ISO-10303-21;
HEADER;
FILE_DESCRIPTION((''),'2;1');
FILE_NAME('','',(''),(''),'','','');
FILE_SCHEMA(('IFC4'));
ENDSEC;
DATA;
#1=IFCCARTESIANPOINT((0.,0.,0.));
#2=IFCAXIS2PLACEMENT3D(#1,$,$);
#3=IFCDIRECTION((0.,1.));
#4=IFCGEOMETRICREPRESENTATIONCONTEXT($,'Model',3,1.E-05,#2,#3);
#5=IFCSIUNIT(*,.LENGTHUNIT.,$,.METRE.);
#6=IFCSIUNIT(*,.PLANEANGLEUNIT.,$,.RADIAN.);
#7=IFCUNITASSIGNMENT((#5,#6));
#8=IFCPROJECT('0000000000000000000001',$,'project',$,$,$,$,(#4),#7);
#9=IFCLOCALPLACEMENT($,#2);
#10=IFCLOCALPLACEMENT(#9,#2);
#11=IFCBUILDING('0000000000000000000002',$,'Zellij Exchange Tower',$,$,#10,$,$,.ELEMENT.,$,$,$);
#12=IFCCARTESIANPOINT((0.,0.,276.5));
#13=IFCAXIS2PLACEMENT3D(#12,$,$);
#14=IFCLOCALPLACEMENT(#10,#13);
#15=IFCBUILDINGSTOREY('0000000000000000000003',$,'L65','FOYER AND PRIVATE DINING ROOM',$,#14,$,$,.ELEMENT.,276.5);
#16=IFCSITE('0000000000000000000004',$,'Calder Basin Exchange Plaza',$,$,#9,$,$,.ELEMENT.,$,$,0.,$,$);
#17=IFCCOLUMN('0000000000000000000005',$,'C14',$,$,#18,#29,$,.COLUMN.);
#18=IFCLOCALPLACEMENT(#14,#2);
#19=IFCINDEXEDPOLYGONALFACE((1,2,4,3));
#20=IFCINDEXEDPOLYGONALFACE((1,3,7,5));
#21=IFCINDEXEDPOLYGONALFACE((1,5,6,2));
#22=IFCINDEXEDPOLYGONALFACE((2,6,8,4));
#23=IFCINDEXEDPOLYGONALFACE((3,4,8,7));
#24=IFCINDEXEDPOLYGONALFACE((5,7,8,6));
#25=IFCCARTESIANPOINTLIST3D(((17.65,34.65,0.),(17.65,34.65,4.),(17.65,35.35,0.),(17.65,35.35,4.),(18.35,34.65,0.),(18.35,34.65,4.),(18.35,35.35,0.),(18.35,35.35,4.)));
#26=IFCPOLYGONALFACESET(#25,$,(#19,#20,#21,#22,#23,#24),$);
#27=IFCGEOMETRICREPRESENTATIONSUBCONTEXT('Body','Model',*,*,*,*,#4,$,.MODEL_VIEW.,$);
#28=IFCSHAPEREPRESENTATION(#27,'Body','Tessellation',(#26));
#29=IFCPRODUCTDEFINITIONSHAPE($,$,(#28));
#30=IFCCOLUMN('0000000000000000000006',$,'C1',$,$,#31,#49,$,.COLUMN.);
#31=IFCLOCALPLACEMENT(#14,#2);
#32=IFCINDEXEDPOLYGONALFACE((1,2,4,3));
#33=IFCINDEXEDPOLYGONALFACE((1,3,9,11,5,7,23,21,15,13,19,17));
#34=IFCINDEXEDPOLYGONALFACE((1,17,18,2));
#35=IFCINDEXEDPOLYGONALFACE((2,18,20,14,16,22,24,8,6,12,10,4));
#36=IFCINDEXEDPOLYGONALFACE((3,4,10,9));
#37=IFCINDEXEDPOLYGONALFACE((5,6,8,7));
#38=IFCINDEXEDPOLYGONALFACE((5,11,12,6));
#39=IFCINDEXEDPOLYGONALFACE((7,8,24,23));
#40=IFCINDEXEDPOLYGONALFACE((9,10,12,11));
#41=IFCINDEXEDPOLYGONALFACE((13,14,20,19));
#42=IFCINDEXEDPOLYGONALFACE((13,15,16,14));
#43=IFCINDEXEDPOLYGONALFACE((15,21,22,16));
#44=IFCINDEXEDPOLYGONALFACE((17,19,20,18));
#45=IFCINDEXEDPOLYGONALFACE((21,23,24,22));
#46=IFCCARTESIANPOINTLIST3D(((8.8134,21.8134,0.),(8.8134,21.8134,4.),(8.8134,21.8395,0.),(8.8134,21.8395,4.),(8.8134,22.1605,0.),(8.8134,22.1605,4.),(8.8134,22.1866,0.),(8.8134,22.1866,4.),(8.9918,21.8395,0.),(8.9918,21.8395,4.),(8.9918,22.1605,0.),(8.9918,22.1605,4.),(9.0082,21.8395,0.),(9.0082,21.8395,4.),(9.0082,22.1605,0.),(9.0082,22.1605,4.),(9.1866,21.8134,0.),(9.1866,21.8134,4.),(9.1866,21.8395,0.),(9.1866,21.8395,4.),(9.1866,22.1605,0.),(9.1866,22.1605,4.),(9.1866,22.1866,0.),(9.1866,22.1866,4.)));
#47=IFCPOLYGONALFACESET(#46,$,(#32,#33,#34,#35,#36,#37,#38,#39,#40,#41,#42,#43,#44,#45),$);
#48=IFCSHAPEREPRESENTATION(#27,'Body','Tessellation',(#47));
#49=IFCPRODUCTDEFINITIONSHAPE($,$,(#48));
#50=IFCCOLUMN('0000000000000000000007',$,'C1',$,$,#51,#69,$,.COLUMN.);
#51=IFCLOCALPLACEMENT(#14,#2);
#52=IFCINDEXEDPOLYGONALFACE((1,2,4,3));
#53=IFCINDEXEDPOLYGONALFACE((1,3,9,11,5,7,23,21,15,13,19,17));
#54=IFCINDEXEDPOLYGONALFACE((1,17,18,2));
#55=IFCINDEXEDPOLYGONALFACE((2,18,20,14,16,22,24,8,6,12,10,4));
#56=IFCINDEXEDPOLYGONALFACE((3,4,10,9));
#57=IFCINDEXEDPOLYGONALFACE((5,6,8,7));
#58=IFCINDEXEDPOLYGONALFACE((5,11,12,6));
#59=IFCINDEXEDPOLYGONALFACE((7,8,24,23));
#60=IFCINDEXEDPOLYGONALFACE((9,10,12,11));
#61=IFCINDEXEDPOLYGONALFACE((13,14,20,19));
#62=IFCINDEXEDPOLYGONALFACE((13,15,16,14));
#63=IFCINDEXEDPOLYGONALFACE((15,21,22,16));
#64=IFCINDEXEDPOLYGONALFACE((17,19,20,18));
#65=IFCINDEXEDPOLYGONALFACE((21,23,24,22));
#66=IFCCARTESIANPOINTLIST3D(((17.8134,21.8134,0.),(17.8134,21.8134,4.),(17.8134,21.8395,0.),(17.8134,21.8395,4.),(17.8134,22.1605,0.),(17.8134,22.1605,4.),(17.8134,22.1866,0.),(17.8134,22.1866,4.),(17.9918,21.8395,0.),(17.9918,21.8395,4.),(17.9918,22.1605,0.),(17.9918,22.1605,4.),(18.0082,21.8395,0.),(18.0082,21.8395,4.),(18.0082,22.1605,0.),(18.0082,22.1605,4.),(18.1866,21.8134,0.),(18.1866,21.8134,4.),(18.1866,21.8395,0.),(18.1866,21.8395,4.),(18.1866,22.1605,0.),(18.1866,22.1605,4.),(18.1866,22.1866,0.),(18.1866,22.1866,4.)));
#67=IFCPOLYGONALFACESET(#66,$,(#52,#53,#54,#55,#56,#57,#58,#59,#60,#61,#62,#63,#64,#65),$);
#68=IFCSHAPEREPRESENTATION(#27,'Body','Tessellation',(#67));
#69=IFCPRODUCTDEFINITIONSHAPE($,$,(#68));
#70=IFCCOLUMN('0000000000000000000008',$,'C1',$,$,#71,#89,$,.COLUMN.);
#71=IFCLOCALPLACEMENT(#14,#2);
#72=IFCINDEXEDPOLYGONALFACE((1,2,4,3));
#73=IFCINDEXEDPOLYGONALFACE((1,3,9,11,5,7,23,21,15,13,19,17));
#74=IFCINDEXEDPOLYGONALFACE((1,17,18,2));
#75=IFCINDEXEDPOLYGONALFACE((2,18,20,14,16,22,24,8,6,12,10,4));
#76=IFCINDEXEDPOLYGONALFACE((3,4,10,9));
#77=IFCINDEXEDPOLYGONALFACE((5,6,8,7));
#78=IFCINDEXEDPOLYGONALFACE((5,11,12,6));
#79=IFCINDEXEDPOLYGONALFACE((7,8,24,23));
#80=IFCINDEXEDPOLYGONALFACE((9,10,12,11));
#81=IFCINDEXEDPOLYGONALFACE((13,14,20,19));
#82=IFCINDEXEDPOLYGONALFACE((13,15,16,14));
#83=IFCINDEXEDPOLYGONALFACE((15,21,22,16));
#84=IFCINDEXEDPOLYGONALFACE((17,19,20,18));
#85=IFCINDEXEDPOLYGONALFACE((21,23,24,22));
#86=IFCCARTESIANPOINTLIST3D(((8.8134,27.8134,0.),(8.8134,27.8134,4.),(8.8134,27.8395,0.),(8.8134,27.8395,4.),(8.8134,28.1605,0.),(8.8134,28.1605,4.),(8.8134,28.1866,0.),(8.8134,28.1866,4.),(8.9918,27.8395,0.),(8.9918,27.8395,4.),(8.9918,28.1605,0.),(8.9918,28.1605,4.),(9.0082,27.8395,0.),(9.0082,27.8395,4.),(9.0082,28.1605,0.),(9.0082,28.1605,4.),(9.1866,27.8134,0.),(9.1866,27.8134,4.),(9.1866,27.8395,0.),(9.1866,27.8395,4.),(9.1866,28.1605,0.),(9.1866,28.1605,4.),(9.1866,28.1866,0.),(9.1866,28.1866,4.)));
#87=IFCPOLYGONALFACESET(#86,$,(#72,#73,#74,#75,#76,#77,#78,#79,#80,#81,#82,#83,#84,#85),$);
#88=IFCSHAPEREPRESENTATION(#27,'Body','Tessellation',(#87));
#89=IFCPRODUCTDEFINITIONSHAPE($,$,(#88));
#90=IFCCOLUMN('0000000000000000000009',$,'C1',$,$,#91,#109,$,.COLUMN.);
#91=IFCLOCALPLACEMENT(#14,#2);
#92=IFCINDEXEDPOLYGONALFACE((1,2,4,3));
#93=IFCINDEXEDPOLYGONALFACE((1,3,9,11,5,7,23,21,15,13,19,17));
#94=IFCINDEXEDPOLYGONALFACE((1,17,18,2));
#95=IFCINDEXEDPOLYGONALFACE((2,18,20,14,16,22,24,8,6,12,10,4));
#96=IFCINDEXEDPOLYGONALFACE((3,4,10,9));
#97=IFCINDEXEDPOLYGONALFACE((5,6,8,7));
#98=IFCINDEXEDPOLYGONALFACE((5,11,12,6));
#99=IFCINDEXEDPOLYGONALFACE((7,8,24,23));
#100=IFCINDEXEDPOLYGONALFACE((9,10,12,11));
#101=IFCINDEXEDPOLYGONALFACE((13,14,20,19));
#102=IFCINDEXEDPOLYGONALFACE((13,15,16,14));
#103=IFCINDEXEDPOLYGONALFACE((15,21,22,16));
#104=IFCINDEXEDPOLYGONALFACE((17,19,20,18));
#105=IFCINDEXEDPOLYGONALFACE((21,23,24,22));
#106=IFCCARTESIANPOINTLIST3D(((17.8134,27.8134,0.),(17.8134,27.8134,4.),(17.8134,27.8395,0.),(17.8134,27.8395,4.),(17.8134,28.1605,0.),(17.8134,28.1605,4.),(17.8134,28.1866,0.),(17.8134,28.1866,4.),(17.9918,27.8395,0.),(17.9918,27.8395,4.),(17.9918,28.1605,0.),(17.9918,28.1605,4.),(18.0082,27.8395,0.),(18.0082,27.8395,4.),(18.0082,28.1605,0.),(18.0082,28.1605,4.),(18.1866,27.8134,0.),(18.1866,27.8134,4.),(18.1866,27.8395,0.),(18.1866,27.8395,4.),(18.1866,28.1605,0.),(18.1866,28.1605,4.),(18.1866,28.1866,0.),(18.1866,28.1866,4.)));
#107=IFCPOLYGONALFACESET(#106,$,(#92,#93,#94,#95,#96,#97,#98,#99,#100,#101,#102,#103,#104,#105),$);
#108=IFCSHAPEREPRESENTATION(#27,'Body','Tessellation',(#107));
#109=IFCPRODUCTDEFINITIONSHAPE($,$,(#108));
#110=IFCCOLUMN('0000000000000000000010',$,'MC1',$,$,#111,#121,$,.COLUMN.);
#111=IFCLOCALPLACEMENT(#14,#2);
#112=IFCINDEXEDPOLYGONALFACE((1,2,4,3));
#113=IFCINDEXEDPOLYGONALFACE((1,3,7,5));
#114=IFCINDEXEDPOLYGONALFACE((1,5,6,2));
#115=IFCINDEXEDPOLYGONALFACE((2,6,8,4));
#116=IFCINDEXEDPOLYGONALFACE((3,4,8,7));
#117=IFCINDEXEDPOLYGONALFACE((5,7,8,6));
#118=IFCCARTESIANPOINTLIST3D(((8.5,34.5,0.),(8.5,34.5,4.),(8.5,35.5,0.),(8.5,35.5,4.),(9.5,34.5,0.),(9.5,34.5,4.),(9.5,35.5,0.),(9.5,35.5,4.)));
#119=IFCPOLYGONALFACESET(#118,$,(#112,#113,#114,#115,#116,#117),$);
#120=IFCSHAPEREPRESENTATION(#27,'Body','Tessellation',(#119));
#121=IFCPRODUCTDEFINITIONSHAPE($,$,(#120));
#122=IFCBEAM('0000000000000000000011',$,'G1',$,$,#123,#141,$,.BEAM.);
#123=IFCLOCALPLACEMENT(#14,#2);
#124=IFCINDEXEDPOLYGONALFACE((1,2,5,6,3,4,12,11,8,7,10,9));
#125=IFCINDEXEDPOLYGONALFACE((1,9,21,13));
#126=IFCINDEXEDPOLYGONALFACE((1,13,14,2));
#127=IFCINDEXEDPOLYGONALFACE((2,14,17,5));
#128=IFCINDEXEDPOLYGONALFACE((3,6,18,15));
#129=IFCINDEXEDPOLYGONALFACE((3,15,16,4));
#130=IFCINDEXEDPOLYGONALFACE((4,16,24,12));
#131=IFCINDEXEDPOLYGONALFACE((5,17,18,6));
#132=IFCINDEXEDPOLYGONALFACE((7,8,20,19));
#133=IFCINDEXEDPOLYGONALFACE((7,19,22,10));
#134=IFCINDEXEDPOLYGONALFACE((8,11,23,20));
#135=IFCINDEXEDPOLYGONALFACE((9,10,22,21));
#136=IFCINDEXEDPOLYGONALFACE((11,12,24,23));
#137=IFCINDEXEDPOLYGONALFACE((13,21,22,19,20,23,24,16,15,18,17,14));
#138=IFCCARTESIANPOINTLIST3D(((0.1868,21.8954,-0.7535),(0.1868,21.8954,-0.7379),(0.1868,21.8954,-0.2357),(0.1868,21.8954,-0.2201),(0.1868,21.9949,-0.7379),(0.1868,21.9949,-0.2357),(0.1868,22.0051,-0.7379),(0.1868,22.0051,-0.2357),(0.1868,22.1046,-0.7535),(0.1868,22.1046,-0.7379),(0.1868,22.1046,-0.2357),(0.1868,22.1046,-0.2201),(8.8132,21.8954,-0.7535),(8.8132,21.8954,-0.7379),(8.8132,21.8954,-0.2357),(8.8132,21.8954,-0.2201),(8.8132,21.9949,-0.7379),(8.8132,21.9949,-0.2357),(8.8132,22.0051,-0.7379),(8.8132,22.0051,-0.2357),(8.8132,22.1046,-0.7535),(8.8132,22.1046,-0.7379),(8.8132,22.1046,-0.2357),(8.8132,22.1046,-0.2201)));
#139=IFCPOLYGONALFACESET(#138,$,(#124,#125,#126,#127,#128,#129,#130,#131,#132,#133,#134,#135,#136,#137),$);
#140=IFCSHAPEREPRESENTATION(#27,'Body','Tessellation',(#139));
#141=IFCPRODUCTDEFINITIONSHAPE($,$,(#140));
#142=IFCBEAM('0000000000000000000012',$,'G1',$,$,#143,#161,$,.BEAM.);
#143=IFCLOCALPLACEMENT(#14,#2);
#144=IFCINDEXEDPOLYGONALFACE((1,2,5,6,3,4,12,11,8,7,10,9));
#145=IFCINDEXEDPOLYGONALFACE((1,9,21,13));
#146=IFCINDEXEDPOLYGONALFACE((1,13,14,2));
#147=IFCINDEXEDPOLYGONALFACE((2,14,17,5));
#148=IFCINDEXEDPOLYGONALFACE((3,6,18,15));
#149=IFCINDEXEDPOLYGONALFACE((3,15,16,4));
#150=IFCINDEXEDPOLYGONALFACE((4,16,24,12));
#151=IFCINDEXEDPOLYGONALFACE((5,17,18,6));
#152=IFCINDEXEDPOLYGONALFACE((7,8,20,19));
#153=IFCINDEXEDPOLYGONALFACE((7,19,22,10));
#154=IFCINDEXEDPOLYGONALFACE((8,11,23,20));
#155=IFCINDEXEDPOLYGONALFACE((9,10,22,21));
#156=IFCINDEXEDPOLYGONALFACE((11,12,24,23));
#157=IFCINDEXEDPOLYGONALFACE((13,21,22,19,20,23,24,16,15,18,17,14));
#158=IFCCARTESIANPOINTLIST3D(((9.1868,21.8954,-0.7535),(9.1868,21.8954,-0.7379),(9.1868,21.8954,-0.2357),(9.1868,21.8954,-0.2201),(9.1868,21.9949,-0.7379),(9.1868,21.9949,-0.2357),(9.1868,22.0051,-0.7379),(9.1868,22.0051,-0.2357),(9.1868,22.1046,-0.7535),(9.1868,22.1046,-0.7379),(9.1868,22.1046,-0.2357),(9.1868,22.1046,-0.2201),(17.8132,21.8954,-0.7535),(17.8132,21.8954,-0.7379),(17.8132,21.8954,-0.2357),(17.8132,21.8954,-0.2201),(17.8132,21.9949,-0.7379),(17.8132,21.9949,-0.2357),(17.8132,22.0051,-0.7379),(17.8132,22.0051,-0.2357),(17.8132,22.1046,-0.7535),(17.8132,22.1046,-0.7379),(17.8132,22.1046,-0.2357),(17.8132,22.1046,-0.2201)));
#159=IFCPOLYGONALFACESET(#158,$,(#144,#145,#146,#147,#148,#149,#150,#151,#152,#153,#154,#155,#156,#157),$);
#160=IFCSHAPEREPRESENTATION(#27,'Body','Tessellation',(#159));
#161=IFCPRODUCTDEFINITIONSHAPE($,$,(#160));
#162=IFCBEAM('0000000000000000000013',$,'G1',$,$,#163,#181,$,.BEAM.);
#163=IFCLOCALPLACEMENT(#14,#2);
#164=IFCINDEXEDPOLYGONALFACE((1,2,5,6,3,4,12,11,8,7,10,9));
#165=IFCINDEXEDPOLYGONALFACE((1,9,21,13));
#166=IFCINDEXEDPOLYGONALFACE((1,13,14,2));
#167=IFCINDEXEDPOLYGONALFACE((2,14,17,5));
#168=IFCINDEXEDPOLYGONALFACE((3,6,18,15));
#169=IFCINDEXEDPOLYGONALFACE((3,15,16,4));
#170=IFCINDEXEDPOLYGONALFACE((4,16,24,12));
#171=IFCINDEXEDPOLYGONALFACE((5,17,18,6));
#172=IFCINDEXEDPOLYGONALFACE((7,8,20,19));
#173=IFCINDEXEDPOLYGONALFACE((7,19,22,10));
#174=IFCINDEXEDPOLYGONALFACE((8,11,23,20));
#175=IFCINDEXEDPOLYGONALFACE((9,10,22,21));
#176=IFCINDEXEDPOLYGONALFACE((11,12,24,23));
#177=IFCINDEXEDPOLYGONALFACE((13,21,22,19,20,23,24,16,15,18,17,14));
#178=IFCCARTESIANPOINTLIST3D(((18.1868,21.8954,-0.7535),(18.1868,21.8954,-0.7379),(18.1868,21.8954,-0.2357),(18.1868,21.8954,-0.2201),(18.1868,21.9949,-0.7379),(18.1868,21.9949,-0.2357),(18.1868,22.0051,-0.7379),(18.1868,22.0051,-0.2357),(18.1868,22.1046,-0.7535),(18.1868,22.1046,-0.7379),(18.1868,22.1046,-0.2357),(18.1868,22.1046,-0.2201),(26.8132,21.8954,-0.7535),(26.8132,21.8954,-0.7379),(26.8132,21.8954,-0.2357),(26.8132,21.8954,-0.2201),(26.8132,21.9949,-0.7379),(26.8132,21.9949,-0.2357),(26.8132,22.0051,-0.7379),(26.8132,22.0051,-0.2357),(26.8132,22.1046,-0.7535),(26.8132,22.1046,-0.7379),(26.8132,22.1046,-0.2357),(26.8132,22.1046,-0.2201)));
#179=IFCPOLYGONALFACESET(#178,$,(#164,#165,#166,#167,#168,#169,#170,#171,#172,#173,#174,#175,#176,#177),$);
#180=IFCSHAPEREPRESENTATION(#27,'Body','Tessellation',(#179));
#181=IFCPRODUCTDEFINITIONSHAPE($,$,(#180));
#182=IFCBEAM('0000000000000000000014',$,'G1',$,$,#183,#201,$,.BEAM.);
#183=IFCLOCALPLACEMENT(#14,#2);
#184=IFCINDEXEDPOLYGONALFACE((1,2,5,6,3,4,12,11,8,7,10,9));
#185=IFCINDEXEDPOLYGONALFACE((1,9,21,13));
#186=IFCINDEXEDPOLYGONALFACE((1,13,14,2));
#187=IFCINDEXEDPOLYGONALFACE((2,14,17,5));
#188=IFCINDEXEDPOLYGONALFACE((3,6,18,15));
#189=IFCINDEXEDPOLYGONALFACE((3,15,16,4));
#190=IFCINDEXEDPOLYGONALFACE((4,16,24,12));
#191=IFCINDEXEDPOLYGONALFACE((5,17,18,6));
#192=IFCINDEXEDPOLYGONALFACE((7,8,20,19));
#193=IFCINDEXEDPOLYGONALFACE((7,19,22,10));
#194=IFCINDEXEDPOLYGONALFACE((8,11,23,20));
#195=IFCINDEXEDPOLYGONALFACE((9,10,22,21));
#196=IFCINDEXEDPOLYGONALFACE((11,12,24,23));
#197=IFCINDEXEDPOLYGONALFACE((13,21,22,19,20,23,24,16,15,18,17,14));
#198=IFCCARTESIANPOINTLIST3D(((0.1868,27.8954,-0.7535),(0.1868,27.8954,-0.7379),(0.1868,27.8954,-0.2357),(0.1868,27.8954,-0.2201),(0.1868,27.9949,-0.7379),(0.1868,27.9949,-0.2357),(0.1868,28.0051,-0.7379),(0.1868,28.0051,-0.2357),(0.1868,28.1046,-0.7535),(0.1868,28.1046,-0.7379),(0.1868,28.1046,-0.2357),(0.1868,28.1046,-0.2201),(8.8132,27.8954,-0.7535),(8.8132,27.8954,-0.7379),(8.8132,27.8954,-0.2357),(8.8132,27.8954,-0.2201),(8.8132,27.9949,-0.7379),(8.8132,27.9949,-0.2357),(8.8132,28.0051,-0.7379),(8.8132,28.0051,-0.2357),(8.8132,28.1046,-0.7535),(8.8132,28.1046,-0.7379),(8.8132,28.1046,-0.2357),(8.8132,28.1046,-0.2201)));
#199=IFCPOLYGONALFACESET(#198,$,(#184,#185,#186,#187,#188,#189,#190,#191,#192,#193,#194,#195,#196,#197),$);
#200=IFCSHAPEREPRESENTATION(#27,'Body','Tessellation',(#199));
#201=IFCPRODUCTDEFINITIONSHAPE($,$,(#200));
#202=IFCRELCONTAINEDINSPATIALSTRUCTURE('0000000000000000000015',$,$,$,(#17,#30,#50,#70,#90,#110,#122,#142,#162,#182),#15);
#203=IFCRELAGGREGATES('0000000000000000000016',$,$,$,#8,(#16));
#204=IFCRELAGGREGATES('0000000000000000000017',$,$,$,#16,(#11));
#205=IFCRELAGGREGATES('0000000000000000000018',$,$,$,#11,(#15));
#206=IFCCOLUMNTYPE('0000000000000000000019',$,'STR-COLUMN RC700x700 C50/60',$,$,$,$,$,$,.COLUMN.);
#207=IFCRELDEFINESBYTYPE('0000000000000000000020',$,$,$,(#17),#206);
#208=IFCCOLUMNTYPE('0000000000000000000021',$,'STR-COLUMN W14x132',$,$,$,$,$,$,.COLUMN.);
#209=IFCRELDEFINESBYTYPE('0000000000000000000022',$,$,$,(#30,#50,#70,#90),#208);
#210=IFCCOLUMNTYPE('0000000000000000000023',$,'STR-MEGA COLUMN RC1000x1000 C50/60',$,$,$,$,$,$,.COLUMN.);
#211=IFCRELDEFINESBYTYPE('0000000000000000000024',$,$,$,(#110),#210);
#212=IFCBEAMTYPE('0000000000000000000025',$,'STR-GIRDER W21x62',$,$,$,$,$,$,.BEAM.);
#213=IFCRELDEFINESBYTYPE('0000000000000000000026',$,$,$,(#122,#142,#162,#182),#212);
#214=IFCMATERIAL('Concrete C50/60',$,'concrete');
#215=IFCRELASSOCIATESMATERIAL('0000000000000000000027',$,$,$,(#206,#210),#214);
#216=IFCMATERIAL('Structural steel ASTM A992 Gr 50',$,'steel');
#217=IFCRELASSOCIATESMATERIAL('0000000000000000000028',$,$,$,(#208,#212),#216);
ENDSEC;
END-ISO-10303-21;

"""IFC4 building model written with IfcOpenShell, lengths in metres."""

from ifc_helpers import new_model, si_unit, direction, frame, origin, origin_2d, place, context, subcontext, project, spatial, rectangle, i_section, extrude, material, material_profile, profile_set, type_object, element, save


model = new_model("IFC4")

# Units and contexts
model_context = context("Model", 3, precision=1e-05, world=origin(), true_north=direction((0.0, 1.0)))
body_context = subcontext(model_context, "Body", "Model", "MODEL_VIEW")
ifc_project = project(units=[si_unit("LENGTHUNIT", "METRE"), si_unit("PLANEANGLEUNIT", "RADIAN")], contexts=[model_context])

# Site, building, storey
site_placement = place(None, origin())
site = spatial("IfcSite", under=ifc_project, at=site_placement, Name="Calder Basin Exchange Plaza", CompositionType="ELEMENT", RefElevation=0.0)
building_placement = place(site_placement, origin())
building = spatial("IfcBuilding", under=site, at=building_placement, Name="Zellij Exchange Tower", CompositionType="ELEMENT")
storey_placement = place(building_placement, frame((0.0, 0.0, 276.5)))
storey = spatial("IfcBuildingStorey", under=building, at=storey_placement, Name="L65", Description="FOYER AND PRIVATE DINING ROOM", CompositionType="ELEMENT", Elevation=276.5)

# Columns
ifc_material_1 = material(Name="Concrete C50/60", Category="concrete")
ifc_material_profile_1 = material_profile(ifc_material_1, rectangle(XDim=0.7, YDim=0.7, at=origin_2d()), Name="STR-COLUMN RC700x700 C50/60")
ifc_profile_set_1 = profile_set([ifc_material_profile_1], Name="Concrete C50/60")
column_type_1 = type_object("IfcColumnType", Name="STR-COLUMN RC700x700 C50/60", PredefinedType="COLUMN", material=ifc_profile_set_1)
column_1_placement = place(storey_placement, frame((18.0, 35.0, 0.0), z_axis=(0.0, 0.0, 1.0), x_axis=(1.0, 0.0, 0.0)))
element("IfcColumn", 1, at=column_1_placement, inside=storey, type_object=column_type_1, Name="C14", PredefinedType="COLUMN", context=body_context, shape_type="SweptSolid", body=[
    extrude(rectangle(XDim=0.7, YDim=0.7, at=origin_2d()), origin(), (0.0, 0.0, 1.0), 4.0),
])
ifc_material_2 = material(Name="Structural steel ASTM A992 Gr 50", Category="steel")
ifc_material_profile_2 = material_profile(ifc_material_2, i_section(OverallWidth=0.3733, OverallDepth=0.3733, WebThickness=0.0164, FlangeThickness=0.0261, at=origin_2d()), Name="W14x132")
ifc_profile_set_2 = profile_set([ifc_material_profile_2], Name="Structural steel ASTM A992 Gr 50")
column_type_2 = type_object("IfcColumnType", Name="STR-COLUMN W14x132", PredefinedType="COLUMN", material=ifc_profile_set_2)
for number, where, z_axis, x_axis, name in (
    (2, (9.0, 22.0, 0.0), (0.0, 0.0, 1.0), (1.0, 0.0, 0.0), "C1"),
    (3, (18.0, 22.0, 0.0), (0.0, 0.0, 1.0), (1.0, 0.0, 0.0), "C1"),
    (4, (9.0, 28.0, 0.0), (0.0, 0.0, 1.0), (1.0, 0.0, 0.0), "C1"),
    (5, (18.0, 28.0, 0.0), (0.0, 0.0, 1.0), (1.0, 0.0, 0.0), "C1"),
):
    element("IfcColumn", number, at=place(storey_placement, frame(where, z_axis=z_axis, x_axis=x_axis)), inside=storey, type_object=column_type_2, Name=name, PredefinedType="COLUMN", context=body_context, shape_type="SweptSolid", body=[
        extrude(i_section(OverallWidth=0.3733, OverallDepth=0.3733, WebThickness=0.0164, FlangeThickness=0.0261, at=origin_2d()), origin(), (0.0, 0.0, 1.0), 4.0),
    ])
ifc_material_profile_3 = material_profile(ifc_material_1, rectangle(XDim=1.0, YDim=1.0, at=origin_2d()), Name="STR-MEGA COLUMN RC1000x1000 C50/60")
ifc_profile_set_3 = profile_set([ifc_material_profile_3], Name="Concrete C50/60")
column_type_3 = type_object("IfcColumnType", Name="STR-MEGA COLUMN RC1000x1000 C50/60", PredefinedType="COLUMN", material=ifc_profile_set_3)
column_2_placement = place(storey_placement, frame((9.0, 35.0, 0.0), z_axis=(0.0, 0.0, 1.0), x_axis=(1.0, 0.0, 0.0)))
element("IfcColumn", 6, at=column_2_placement, inside=storey, type_object=column_type_3, Name="MC1", PredefinedType="COLUMN", context=body_context, shape_type="SweptSolid", body=[
    extrude(rectangle(XDim=1.0, YDim=1.0, at=origin_2d()), origin(), (0.0, 0.0, 1.0), 4.0),
])

# Beams
ifc_material_profile_4 = material_profile(ifc_material_2, i_section(OverallWidth=0.2092, OverallDepth=0.5334, WebThickness=0.0103, FlangeThickness=0.0156, at=origin_2d()), Name="W21x62")
ifc_profile_set_4 = profile_set([ifc_material_profile_4], Name="Structural steel ASTM A992 Gr 50")
beam_type = type_object("IfcBeamType", Name="STR-GIRDER W21x62", PredefinedType="BEAM", material=ifc_profile_set_4)
for number, where, z_axis, x_axis, name in (
    (7, (0.1868, 22.0, -0.4868), (1.0, 0.0, 0.0), (0.0, 1.0, 0.0), "G1"),
    (8, (9.1868, 22.0, -0.4868), (1.0, 0.0, 0.0), (0.0, 1.0, 0.0), "G1"),
    (9, (18.1868, 22.0, -0.4868), (1.0, 0.0, 0.0), (0.0, 1.0, 0.0), "G1"),
    (10, (0.1868, 28.0, -0.4868), (1.0, 0.0, 0.0), (0.0, 1.0, 0.0), "G1"),
):
    element("IfcBeam", number, at=place(storey_placement, frame(where, z_axis=z_axis, x_axis=x_axis)), inside=storey, type_object=beam_type, Name=name, PredefinedType="BEAM", context=body_context, shape_type="SweptSolid", body=[
        extrude(i_section(OverallWidth=0.2092, OverallDepth=0.5334, WebThickness=0.0103, FlangeThickness=0.0156, at=origin_2d()), origin(), (0.0, 0.0, 1.0), 8.6265),
    ])

save(model, "model.ifc")
